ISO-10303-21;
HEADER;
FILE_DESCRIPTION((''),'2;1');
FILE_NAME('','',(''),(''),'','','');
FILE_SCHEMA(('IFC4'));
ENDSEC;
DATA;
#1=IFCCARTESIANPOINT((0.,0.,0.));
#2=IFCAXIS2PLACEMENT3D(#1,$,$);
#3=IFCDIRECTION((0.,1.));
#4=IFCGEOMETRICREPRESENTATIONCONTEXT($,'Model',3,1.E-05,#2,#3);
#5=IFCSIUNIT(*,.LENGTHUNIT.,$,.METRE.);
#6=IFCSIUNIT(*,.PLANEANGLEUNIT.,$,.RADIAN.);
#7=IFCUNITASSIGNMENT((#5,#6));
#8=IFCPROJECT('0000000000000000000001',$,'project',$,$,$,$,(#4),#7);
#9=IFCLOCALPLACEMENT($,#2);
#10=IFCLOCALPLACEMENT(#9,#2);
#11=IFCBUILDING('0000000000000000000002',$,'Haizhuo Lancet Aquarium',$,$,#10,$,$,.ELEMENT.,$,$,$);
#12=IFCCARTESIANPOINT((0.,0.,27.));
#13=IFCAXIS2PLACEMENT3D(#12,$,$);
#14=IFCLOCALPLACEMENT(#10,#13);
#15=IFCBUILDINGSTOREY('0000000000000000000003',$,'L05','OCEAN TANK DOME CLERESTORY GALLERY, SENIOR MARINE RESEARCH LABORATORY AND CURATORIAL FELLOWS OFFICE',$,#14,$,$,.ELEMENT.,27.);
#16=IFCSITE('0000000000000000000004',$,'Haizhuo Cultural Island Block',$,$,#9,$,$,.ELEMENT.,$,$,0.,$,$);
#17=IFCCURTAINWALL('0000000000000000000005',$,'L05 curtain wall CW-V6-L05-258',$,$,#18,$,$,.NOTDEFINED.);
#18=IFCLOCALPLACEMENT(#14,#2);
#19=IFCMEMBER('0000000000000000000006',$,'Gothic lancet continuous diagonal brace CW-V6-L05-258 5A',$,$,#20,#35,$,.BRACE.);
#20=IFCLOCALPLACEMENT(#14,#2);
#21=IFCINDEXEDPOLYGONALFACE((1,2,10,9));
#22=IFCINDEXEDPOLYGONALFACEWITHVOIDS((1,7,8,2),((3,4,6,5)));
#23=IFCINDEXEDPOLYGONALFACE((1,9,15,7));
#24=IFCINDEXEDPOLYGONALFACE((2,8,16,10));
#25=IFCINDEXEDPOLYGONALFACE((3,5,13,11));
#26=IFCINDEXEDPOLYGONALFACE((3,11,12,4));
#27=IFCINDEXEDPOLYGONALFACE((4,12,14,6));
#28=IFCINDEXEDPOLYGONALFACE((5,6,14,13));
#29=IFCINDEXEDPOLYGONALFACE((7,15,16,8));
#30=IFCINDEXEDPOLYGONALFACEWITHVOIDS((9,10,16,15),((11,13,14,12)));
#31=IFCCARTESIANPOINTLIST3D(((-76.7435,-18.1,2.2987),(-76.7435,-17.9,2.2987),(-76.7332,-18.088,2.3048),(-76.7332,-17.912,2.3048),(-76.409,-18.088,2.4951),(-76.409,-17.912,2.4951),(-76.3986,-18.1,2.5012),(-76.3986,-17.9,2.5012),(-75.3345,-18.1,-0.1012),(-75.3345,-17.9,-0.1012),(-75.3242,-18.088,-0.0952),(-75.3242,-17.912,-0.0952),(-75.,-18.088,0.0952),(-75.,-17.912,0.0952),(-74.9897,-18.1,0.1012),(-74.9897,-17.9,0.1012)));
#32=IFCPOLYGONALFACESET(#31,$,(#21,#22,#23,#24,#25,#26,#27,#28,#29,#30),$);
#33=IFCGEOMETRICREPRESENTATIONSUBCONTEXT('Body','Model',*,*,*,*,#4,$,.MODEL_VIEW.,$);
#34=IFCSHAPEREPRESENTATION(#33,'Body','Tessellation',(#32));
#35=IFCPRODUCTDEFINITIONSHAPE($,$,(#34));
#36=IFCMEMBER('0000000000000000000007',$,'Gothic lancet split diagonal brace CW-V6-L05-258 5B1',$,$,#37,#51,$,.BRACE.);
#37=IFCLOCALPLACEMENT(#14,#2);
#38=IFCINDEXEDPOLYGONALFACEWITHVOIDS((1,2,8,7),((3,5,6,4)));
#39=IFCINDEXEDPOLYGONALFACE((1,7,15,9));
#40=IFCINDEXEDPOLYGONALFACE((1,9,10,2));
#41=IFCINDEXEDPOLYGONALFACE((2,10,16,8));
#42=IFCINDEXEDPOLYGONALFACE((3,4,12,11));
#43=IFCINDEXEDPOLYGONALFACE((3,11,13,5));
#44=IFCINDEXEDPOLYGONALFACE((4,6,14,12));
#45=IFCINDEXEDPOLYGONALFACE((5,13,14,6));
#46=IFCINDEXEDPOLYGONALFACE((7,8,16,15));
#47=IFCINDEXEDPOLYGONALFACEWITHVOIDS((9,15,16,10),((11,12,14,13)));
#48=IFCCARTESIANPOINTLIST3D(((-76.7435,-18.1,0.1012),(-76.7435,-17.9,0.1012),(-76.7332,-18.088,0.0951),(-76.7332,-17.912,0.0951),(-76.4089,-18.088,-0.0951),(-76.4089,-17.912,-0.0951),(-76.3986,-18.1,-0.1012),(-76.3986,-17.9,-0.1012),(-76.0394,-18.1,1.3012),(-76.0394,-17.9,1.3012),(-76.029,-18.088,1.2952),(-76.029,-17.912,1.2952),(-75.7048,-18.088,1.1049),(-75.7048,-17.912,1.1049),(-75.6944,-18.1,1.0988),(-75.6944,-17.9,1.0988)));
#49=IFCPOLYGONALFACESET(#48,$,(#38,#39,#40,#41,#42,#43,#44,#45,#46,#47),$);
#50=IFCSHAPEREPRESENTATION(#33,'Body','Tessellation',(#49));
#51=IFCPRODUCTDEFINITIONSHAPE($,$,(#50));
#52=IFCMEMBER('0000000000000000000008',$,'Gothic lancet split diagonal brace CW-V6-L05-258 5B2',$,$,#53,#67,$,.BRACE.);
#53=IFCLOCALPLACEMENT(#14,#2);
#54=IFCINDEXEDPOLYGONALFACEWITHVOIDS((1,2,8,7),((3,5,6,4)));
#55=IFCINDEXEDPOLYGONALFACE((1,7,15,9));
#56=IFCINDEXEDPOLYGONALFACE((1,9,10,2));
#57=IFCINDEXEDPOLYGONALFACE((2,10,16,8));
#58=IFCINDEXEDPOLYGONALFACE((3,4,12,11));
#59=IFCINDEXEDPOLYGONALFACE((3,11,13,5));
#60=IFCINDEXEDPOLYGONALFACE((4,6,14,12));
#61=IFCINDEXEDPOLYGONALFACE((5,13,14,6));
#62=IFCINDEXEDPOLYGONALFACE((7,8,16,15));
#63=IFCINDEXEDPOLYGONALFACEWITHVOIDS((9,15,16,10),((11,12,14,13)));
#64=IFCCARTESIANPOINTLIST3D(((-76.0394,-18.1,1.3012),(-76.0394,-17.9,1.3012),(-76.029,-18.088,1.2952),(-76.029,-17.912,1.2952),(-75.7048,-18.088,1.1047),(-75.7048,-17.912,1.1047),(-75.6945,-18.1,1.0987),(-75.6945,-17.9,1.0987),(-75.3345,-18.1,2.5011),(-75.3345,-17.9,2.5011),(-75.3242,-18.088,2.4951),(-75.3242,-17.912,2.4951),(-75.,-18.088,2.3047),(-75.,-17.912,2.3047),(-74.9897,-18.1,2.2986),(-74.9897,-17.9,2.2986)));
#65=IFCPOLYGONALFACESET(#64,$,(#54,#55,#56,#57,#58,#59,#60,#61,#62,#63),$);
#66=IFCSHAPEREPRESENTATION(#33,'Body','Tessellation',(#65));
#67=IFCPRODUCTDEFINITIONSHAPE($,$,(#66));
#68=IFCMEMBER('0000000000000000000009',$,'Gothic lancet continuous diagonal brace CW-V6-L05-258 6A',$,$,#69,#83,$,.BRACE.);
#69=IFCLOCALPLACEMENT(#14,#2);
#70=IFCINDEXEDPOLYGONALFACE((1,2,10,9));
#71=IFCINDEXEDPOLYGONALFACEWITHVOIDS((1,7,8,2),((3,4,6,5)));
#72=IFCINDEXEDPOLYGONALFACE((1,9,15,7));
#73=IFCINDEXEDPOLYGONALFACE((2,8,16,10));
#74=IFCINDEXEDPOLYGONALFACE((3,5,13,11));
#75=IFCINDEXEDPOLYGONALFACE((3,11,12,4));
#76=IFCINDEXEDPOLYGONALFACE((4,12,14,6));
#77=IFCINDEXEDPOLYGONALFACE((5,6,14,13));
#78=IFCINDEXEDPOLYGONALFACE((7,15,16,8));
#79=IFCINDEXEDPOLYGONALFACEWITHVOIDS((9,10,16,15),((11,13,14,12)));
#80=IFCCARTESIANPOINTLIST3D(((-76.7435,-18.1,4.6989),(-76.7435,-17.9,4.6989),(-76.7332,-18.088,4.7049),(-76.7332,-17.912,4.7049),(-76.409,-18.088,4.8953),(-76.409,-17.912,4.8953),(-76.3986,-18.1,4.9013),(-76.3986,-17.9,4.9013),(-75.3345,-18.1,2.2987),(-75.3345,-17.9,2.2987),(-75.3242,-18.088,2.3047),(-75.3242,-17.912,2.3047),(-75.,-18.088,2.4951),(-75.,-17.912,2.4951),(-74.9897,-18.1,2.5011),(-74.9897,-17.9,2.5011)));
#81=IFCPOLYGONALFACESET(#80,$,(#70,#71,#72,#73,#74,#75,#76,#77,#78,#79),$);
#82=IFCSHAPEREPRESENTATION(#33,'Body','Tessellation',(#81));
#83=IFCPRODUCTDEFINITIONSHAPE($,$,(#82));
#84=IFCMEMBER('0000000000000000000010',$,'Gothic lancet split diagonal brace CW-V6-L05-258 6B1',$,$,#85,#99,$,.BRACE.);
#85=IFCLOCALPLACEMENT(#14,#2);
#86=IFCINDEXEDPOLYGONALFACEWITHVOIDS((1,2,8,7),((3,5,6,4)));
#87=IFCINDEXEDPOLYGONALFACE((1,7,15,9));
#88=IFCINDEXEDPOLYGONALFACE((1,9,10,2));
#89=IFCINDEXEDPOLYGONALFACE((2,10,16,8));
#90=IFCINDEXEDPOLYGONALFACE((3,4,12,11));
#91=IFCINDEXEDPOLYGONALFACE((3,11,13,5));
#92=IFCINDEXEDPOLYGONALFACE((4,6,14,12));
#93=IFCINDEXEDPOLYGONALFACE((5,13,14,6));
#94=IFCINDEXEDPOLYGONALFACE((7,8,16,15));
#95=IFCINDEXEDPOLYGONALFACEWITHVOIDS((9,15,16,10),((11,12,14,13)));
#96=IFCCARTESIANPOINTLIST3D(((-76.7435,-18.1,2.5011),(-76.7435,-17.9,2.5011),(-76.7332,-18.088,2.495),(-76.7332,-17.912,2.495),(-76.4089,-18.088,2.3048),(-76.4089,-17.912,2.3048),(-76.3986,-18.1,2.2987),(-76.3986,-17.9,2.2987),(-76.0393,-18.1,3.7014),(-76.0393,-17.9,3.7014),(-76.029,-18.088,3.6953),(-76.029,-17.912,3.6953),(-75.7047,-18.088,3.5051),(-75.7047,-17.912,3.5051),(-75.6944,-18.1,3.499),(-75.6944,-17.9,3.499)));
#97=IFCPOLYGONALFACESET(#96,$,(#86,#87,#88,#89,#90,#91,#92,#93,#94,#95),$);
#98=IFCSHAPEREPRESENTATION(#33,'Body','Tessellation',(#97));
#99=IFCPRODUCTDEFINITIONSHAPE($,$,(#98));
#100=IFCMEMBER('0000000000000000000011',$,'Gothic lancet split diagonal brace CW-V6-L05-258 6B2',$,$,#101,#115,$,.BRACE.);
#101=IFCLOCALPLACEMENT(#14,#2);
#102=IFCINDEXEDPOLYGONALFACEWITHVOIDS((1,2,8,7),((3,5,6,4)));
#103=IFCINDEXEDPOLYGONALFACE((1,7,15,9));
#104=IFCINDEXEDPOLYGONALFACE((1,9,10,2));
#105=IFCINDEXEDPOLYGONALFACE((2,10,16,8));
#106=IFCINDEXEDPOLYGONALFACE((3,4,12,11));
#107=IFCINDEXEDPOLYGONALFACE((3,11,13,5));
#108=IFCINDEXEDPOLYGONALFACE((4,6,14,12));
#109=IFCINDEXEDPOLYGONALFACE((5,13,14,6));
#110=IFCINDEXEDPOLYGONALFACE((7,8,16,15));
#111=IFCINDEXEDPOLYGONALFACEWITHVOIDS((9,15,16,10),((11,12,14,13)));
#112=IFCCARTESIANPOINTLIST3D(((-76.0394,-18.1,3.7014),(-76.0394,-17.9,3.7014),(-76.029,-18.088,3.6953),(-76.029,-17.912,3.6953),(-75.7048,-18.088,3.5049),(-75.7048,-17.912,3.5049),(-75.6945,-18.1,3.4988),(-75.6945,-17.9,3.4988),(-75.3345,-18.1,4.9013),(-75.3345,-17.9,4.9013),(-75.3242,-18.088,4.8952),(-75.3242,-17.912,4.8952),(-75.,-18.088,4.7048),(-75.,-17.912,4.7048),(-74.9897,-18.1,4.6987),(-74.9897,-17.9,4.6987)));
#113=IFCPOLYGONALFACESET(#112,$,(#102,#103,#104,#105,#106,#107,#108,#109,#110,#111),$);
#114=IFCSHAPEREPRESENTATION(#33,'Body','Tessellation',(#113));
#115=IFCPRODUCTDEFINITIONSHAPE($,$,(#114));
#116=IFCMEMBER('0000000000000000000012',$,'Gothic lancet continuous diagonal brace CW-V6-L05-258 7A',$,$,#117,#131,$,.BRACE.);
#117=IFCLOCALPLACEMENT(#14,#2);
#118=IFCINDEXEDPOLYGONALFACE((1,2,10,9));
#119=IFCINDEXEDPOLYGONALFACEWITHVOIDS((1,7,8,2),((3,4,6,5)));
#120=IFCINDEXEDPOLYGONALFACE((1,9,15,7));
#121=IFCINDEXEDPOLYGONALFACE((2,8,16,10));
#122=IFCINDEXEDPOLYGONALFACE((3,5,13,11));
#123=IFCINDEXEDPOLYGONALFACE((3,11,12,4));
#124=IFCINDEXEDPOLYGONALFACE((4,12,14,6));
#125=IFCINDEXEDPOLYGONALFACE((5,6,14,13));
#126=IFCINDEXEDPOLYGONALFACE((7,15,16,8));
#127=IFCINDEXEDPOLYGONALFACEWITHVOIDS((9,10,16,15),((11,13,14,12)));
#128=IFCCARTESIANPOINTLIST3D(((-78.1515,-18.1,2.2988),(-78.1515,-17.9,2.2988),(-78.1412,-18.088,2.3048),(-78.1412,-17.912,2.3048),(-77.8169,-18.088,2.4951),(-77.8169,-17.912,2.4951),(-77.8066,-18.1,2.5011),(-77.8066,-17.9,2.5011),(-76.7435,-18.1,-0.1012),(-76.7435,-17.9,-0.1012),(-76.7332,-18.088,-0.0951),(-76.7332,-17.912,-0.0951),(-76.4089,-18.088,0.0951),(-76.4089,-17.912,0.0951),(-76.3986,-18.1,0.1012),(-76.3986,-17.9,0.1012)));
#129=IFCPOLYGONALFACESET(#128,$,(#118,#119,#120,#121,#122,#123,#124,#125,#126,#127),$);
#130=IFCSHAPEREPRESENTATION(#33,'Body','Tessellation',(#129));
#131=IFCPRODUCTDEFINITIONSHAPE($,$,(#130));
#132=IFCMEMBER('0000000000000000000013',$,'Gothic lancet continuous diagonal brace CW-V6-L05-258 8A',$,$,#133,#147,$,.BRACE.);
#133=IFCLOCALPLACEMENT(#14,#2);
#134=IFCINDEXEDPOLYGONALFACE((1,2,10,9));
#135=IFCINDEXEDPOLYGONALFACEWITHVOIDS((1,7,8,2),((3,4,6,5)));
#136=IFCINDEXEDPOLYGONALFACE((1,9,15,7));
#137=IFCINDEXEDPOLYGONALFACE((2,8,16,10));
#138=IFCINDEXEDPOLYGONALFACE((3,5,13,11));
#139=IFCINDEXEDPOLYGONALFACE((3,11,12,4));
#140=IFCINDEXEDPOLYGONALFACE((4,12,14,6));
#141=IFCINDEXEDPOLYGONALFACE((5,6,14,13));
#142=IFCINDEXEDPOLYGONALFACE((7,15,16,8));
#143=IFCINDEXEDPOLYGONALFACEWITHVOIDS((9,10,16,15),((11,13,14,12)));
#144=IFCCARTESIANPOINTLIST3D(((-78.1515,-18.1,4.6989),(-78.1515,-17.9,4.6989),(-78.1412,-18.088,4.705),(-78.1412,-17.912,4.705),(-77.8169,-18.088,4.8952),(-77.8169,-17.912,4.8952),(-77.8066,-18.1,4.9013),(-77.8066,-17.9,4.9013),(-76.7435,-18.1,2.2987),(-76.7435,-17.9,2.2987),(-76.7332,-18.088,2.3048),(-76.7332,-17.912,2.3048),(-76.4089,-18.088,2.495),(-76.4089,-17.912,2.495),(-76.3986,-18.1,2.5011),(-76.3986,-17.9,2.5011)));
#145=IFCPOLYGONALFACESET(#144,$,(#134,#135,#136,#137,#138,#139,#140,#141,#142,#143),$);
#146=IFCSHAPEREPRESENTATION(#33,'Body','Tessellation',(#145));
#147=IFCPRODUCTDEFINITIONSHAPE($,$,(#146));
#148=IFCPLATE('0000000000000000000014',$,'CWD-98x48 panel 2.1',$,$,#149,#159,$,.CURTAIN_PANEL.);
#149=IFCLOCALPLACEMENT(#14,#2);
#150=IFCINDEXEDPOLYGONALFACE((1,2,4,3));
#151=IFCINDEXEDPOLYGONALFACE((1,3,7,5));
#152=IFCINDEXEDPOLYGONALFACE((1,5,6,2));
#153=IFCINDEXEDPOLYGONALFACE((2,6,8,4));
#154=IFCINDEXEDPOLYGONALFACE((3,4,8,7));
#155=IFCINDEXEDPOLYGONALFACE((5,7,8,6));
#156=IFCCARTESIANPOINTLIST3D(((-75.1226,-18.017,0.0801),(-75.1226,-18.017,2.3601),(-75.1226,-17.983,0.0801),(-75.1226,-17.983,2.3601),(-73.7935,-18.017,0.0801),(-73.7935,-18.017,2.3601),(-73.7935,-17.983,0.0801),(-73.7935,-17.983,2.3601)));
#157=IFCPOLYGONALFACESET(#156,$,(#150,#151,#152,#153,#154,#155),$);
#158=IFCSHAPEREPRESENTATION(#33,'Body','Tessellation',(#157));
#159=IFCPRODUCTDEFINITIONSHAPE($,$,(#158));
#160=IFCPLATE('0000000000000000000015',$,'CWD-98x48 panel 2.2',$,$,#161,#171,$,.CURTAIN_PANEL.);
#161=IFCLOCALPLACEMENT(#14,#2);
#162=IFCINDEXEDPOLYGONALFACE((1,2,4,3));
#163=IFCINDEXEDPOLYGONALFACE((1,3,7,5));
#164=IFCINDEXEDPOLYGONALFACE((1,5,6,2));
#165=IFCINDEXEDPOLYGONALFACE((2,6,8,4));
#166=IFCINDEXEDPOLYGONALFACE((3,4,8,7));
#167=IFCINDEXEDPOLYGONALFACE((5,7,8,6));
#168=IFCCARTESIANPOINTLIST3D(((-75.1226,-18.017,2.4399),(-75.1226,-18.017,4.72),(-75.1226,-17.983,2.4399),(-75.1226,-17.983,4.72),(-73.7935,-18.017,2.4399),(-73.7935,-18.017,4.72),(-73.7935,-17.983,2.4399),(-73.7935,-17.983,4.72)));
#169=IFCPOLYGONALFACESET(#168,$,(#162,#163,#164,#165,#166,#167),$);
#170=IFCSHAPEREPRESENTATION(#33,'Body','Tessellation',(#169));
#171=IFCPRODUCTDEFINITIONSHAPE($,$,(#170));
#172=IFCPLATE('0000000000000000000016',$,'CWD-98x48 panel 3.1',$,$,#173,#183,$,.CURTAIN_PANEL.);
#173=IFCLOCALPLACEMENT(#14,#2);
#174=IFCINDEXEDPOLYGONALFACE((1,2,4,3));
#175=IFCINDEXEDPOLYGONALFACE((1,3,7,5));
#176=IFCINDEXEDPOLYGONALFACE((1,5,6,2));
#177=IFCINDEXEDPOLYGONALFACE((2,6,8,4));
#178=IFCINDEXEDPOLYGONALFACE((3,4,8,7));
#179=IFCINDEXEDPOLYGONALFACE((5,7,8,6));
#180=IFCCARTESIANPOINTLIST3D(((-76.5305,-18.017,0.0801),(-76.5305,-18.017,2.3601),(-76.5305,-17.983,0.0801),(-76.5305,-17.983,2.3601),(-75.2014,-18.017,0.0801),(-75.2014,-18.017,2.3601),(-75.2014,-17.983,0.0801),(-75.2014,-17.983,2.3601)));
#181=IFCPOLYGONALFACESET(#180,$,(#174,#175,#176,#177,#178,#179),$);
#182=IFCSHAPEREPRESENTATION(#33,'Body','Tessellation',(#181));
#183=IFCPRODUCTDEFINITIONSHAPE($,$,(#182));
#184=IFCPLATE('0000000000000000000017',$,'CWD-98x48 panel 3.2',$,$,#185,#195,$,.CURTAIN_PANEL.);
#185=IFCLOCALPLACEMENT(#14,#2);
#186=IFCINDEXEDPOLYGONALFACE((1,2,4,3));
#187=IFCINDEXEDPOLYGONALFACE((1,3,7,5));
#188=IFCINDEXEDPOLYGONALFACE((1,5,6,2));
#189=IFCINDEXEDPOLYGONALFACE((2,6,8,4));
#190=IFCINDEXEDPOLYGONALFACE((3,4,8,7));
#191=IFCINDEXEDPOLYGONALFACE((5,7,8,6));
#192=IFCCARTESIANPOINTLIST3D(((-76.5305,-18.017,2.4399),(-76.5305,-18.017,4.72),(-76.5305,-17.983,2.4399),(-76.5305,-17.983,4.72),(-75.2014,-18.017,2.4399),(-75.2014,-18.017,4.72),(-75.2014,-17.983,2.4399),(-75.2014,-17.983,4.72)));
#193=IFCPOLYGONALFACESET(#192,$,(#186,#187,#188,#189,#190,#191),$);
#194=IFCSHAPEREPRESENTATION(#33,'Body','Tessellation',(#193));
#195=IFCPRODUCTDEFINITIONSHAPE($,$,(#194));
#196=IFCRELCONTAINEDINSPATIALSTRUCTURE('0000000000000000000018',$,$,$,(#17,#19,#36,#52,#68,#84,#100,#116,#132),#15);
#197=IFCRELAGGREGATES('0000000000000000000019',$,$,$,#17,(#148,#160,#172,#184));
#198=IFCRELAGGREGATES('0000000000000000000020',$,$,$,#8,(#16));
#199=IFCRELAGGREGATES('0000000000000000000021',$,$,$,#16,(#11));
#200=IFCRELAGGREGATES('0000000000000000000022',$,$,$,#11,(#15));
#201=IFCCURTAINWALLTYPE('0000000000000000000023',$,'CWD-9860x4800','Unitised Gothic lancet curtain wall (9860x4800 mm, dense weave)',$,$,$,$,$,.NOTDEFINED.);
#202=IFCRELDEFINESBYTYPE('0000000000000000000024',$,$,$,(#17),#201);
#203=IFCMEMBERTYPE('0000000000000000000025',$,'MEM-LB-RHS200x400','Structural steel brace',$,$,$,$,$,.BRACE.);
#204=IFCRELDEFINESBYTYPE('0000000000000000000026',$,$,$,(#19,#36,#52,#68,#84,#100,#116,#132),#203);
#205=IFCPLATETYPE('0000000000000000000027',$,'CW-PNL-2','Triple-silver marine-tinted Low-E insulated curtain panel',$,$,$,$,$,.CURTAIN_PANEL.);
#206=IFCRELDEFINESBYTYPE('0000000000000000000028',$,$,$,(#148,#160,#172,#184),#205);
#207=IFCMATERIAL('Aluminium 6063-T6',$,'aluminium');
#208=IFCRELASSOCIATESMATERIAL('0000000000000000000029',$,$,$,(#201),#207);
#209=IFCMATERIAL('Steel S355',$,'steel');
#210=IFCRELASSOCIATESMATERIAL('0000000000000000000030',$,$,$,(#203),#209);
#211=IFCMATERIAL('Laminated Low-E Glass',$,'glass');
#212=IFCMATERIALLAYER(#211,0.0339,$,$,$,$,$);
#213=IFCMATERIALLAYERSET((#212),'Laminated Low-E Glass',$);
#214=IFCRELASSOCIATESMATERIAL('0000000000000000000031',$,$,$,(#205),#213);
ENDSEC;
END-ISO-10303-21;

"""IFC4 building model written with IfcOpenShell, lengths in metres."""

from ifc_helpers import new_model, si_unit, direction, frame, origin, origin_2d, place, context, subcontext, project, spatial, rectangle, hollow_rectangle, extrude, material, layer, layer_set, material_profile, profile_set, type_object, element, aggregate, save


model = new_model("IFC4")

# Units and contexts
model_context = context("Model", 3, precision=1e-05, world=origin(), true_north=direction((0.0, 1.0)))
body_context = subcontext(model_context, "Body", "Model", "MODEL_VIEW")
ifc_project = project(units=[si_unit("LENGTHUNIT", "METRE"), si_unit("PLANEANGLEUNIT", "RADIAN")], contexts=[model_context])

# Site, building, storey
site_placement = place(None, origin())
site = spatial("IfcSite", under=ifc_project, at=site_placement, Name="Haizhuo Cultural Island Block", CompositionType="ELEMENT", RefElevation=0.0)
building_placement = place(site_placement, origin())
building = spatial("IfcBuilding", under=site, at=building_placement, Name="Haizhuo Lancet Aquarium", CompositionType="ELEMENT")
storey_placement = place(building_placement, frame((0.0, 0.0, 27.0)))
storey = spatial("IfcBuildingStorey", under=building, at=storey_placement, Name="L05", Description="OCEAN TANK DOME CLERESTORY GALLERY, SENIOR MARINE RESEARCH LABORATORY AND CURATORIAL FELLOWS OFFICE", CompositionType="ELEMENT", Elevation=27.0)

# Curtain wall
ifc_material_1 = material(Name="Aluminium 6063-T6", Category="aluminium")
curtain_wall_type = type_object("IfcCurtainWallType", Name="CWD-9860x4800", Description="Unitised Gothic lancet curtain wall (9860x4800 mm, dense weave)", PredefinedType="NOTDEFINED", material=ifc_material_1)
curtain_wall_placement = place(storey_placement, origin())
curtain_wall = element("IfcCurtainWall", 1, at=curtain_wall_placement, inside=storey, type_object=curtain_wall_type, Name="L05 curtain wall CW-V6-L05-258", PredefinedType="NOTDEFINED")

# Members
ifc_material_2 = material(Name="Steel S355", Category="steel")
ifc_material_profile_1 = material_profile(ifc_material_2, hollow_rectangle(XDim=0.2, YDim=0.3999, WallThickness=0.012, at=origin_2d()), Name="RHS 200x400x12")
ifc_profile_set_1 = profile_set([ifc_material_profile_1], Name="Steel S355")
member_type_1 = type_object("IfcMemberType", Name="MEM-LB-RHS200x400", Description="Structural steel brace", PredefinedType="BRACE", material=ifc_profile_set_1)
member_1_placement = place(storey_placement, frame((-75.1621, -18.0, 0.0), z_axis=(-0.50628, 0.0, 0.862369), x_axis=(0.0, -1.0, 0.0)))
element("IfcMember", 2, at=member_1_placement, inside=storey, type_object=member_type_1, Name="Gothic lancet continuous diagonal brace CW-V6-L05-258 5A", PredefinedType="BRACE", context=body_context, shape_type="SweptSolid", body=[
    extrude(hollow_rectangle(XDim=0.2, YDim=0.3999, WallThickness=0.012, at=origin_2d()), origin(), (0.0, 0.0, 1.0), 2.783),
])
member_2_placement = place(storey_placement, frame((-76.571, -18.0, 0.0), z_axis=(0.506084, 0.0, 0.862484), x_axis=(0.0, 1.0, 0.0)))
element("IfcMember", 3, at=member_2_placement, inside=storey, type_object=member_type_1, Name="Gothic lancet split diagonal brace CW-V6-L05-258 5B1", PredefinedType="BRACE", context=body_context, shape_type="SweptSolid", body=[
    extrude(hollow_rectangle(XDim=0.2, YDim=0.3999, WallThickness=0.012, at=origin_2d()), origin(), (0.0, 0.0, 1.0), 1.3914),
])
member_3_placement = place(storey_placement, frame((-75.8669, -18.0, 1.2), z_axis=(0.506476, 0.0, 0.862254), x_axis=(0.0, 1.0, 0.0)))
element("IfcMember", 4, at=member_3_placement, inside=storey, type_object=member_type_1, Name="Gothic lancet split diagonal brace CW-V6-L05-258 5B2", PredefinedType="BRACE", context=body_context, shape_type="SweptSolid", body=[
    extrude(hollow_rectangle(XDim=0.2, YDim=0.3999, WallThickness=0.012, at=origin_2d()), origin(), (0.0, 0.0, 1.0), 1.3916),
])
member_4_placement = place(storey_placement, frame((-75.1621, -18.0, 2.3999), z_axis=(-0.506242, 0.0, 0.862392), x_axis=(0.0, -1.0, 0.0)))
element("IfcMember", 5, at=member_4_placement, inside=storey, type_object=member_type_1, Name="Gothic lancet continuous diagonal brace CW-V6-L05-258 6A", PredefinedType="BRACE", context=body_context, shape_type="SweptSolid", body=[
    extrude(hollow_rectangle(XDim=0.2, YDim=0.3999, WallThickness=0.012, at=origin_2d()), origin(), (0.0, 0.0, 1.0), 2.7832),
])
for number, where, z_axis, x_axis, name in (
    (6, (-76.571, -18.0, 2.3999), (0.506008, 0.0, 0.862529), (0.0, 1.0, 0.0), "Gothic lancet split diagonal brace CW-V6-L05-258 6B1"),
    (7, (-75.8669, -18.0, 3.6001), (0.506476, 0.0, 0.862254), (0.0, 1.0, 0.0), "Gothic lancet split diagonal brace CW-V6-L05-258 6B2"),
):
    element("IfcMember", number, at=place(storey_placement, frame(where, z_axis=z_axis, x_axis=x_axis)), inside=storey, type_object=member_type_1, Name=name, PredefinedType="BRACE", context=body_context, shape_type="SweptSolid", body=[
        extrude(hollow_rectangle(XDim=0.2, YDim=0.3999, WallThickness=0.012, at=origin_2d()), origin(), (0.0, 0.0, 1.0), 1.3916),
    ])
member_5_placement = place(storey_placement, frame((-76.571, -18.0, 0.0), z_axis=(-0.506019, 0.0, 0.862522), x_axis=(0.0, -1.0, 0.0)))
element("IfcMember", 8, at=member_5_placement, inside=storey, type_object=member_type_1, Name="Gothic lancet continuous diagonal brace CW-V6-L05-258 7A", PredefinedType="BRACE", context=body_context, shape_type="SweptSolid", body=[
    extrude(hollow_rectangle(XDim=0.2, YDim=0.3999, WallThickness=0.012, at=origin_2d()), origin(), (0.0, 0.0, 1.0), 2.7825),
])
member_6_placement = place(storey_placement, frame((-76.571, -18.0, 2.3999), z_axis=(-0.505981, 0.0, 0.862545), x_axis=(0.0, -1.0, 0.0)))
element("IfcMember", 9, at=member_6_placement, inside=storey, type_object=member_type_1, Name="Gothic lancet continuous diagonal brace CW-V6-L05-258 8A", PredefinedType="BRACE", context=body_context, shape_type="SweptSolid", body=[
    extrude(hollow_rectangle(XDim=0.2, YDim=0.3999, WallThickness=0.012, at=origin_2d()), origin(), (0.0, 0.0, 1.0), 2.7827),
])

# Plates
ifc_material_3 = material(Name="Laminated Low-E Glass", Category="glass")
ifc_layer = layer(ifc_material_3, 0.0339)
ifc_layer_set = layer_set([ifc_layer], Name="Laminated Low-E Glass")
plate_type = type_object("IfcPlateType", Name="CW-PNL-2", Description="Triple-silver marine-tinted Low-E insulated curtain panel", PredefinedType="CURTAIN_PANEL", material=ifc_layer_set)
plate_1_placement = place(storey_placement, frame((-74.458, -18.0, 0.0801), z_axis=(0.0, 0.0, 1.0), x_axis=(-1.0, 0.0, 0.0)))
plate_1 = element("IfcPlate", 10, at=plate_1_placement, type_object=plate_type, Name="CWD-98x48 panel 2.1", PredefinedType="CURTAIN_PANEL", context=body_context, shape_type="SweptSolid", body=[
    extrude(rectangle(XDim=1.3291, YDim=0.0339, at=origin_2d()), origin(), (0.0, 0.0, 1.0), 2.28),
])
plate_2_placement = place(storey_placement, frame((-74.458, -18.0, 2.4399), z_axis=(0.0, 0.0, 1.0), x_axis=(-1.0, 0.0, 0.0)))
plate_2 = element("IfcPlate", 11, at=plate_2_placement, type_object=plate_type, Name="CWD-98x48 panel 2.2", PredefinedType="CURTAIN_PANEL", context=body_context, shape_type="SweptSolid", body=[
    extrude(rectangle(XDim=1.3291, YDim=0.0339, at=origin_2d()), origin(), (0.0, 0.0, 1.0), 2.28),
])
plate_3_placement = place(storey_placement, frame((-75.866, -18.0, 0.0801), z_axis=(0.0, 0.0, 1.0), x_axis=(-1.0, 0.0, 0.0)))
plate_3 = element("IfcPlate", 12, at=plate_3_placement, type_object=plate_type, Name="CWD-98x48 panel 3.1", PredefinedType="CURTAIN_PANEL", context=body_context, shape_type="SweptSolid", body=[
    extrude(rectangle(XDim=1.3291, YDim=0.0339, at=origin_2d()), origin(), (0.0, 0.0, 1.0), 2.28),
])
plate_4_placement = place(storey_placement, frame((-75.866, -18.0, 2.4399), z_axis=(0.0, 0.0, 1.0), x_axis=(-1.0, 0.0, 0.0)))
plate_4 = element("IfcPlate", 13, at=plate_4_placement, type_object=plate_type, Name="CWD-98x48 panel 3.2", PredefinedType="CURTAIN_PANEL", context=body_context, shape_type="SweptSolid", body=[
    extrude(rectangle(XDim=1.3291, YDim=0.0339, at=origin_2d()), origin(), (0.0, 0.0, 1.0), 2.28),
])
aggregate(curtain_wall, [plate_1, plate_2, plate_3, plate_4])

save(model, "model.ifc")
